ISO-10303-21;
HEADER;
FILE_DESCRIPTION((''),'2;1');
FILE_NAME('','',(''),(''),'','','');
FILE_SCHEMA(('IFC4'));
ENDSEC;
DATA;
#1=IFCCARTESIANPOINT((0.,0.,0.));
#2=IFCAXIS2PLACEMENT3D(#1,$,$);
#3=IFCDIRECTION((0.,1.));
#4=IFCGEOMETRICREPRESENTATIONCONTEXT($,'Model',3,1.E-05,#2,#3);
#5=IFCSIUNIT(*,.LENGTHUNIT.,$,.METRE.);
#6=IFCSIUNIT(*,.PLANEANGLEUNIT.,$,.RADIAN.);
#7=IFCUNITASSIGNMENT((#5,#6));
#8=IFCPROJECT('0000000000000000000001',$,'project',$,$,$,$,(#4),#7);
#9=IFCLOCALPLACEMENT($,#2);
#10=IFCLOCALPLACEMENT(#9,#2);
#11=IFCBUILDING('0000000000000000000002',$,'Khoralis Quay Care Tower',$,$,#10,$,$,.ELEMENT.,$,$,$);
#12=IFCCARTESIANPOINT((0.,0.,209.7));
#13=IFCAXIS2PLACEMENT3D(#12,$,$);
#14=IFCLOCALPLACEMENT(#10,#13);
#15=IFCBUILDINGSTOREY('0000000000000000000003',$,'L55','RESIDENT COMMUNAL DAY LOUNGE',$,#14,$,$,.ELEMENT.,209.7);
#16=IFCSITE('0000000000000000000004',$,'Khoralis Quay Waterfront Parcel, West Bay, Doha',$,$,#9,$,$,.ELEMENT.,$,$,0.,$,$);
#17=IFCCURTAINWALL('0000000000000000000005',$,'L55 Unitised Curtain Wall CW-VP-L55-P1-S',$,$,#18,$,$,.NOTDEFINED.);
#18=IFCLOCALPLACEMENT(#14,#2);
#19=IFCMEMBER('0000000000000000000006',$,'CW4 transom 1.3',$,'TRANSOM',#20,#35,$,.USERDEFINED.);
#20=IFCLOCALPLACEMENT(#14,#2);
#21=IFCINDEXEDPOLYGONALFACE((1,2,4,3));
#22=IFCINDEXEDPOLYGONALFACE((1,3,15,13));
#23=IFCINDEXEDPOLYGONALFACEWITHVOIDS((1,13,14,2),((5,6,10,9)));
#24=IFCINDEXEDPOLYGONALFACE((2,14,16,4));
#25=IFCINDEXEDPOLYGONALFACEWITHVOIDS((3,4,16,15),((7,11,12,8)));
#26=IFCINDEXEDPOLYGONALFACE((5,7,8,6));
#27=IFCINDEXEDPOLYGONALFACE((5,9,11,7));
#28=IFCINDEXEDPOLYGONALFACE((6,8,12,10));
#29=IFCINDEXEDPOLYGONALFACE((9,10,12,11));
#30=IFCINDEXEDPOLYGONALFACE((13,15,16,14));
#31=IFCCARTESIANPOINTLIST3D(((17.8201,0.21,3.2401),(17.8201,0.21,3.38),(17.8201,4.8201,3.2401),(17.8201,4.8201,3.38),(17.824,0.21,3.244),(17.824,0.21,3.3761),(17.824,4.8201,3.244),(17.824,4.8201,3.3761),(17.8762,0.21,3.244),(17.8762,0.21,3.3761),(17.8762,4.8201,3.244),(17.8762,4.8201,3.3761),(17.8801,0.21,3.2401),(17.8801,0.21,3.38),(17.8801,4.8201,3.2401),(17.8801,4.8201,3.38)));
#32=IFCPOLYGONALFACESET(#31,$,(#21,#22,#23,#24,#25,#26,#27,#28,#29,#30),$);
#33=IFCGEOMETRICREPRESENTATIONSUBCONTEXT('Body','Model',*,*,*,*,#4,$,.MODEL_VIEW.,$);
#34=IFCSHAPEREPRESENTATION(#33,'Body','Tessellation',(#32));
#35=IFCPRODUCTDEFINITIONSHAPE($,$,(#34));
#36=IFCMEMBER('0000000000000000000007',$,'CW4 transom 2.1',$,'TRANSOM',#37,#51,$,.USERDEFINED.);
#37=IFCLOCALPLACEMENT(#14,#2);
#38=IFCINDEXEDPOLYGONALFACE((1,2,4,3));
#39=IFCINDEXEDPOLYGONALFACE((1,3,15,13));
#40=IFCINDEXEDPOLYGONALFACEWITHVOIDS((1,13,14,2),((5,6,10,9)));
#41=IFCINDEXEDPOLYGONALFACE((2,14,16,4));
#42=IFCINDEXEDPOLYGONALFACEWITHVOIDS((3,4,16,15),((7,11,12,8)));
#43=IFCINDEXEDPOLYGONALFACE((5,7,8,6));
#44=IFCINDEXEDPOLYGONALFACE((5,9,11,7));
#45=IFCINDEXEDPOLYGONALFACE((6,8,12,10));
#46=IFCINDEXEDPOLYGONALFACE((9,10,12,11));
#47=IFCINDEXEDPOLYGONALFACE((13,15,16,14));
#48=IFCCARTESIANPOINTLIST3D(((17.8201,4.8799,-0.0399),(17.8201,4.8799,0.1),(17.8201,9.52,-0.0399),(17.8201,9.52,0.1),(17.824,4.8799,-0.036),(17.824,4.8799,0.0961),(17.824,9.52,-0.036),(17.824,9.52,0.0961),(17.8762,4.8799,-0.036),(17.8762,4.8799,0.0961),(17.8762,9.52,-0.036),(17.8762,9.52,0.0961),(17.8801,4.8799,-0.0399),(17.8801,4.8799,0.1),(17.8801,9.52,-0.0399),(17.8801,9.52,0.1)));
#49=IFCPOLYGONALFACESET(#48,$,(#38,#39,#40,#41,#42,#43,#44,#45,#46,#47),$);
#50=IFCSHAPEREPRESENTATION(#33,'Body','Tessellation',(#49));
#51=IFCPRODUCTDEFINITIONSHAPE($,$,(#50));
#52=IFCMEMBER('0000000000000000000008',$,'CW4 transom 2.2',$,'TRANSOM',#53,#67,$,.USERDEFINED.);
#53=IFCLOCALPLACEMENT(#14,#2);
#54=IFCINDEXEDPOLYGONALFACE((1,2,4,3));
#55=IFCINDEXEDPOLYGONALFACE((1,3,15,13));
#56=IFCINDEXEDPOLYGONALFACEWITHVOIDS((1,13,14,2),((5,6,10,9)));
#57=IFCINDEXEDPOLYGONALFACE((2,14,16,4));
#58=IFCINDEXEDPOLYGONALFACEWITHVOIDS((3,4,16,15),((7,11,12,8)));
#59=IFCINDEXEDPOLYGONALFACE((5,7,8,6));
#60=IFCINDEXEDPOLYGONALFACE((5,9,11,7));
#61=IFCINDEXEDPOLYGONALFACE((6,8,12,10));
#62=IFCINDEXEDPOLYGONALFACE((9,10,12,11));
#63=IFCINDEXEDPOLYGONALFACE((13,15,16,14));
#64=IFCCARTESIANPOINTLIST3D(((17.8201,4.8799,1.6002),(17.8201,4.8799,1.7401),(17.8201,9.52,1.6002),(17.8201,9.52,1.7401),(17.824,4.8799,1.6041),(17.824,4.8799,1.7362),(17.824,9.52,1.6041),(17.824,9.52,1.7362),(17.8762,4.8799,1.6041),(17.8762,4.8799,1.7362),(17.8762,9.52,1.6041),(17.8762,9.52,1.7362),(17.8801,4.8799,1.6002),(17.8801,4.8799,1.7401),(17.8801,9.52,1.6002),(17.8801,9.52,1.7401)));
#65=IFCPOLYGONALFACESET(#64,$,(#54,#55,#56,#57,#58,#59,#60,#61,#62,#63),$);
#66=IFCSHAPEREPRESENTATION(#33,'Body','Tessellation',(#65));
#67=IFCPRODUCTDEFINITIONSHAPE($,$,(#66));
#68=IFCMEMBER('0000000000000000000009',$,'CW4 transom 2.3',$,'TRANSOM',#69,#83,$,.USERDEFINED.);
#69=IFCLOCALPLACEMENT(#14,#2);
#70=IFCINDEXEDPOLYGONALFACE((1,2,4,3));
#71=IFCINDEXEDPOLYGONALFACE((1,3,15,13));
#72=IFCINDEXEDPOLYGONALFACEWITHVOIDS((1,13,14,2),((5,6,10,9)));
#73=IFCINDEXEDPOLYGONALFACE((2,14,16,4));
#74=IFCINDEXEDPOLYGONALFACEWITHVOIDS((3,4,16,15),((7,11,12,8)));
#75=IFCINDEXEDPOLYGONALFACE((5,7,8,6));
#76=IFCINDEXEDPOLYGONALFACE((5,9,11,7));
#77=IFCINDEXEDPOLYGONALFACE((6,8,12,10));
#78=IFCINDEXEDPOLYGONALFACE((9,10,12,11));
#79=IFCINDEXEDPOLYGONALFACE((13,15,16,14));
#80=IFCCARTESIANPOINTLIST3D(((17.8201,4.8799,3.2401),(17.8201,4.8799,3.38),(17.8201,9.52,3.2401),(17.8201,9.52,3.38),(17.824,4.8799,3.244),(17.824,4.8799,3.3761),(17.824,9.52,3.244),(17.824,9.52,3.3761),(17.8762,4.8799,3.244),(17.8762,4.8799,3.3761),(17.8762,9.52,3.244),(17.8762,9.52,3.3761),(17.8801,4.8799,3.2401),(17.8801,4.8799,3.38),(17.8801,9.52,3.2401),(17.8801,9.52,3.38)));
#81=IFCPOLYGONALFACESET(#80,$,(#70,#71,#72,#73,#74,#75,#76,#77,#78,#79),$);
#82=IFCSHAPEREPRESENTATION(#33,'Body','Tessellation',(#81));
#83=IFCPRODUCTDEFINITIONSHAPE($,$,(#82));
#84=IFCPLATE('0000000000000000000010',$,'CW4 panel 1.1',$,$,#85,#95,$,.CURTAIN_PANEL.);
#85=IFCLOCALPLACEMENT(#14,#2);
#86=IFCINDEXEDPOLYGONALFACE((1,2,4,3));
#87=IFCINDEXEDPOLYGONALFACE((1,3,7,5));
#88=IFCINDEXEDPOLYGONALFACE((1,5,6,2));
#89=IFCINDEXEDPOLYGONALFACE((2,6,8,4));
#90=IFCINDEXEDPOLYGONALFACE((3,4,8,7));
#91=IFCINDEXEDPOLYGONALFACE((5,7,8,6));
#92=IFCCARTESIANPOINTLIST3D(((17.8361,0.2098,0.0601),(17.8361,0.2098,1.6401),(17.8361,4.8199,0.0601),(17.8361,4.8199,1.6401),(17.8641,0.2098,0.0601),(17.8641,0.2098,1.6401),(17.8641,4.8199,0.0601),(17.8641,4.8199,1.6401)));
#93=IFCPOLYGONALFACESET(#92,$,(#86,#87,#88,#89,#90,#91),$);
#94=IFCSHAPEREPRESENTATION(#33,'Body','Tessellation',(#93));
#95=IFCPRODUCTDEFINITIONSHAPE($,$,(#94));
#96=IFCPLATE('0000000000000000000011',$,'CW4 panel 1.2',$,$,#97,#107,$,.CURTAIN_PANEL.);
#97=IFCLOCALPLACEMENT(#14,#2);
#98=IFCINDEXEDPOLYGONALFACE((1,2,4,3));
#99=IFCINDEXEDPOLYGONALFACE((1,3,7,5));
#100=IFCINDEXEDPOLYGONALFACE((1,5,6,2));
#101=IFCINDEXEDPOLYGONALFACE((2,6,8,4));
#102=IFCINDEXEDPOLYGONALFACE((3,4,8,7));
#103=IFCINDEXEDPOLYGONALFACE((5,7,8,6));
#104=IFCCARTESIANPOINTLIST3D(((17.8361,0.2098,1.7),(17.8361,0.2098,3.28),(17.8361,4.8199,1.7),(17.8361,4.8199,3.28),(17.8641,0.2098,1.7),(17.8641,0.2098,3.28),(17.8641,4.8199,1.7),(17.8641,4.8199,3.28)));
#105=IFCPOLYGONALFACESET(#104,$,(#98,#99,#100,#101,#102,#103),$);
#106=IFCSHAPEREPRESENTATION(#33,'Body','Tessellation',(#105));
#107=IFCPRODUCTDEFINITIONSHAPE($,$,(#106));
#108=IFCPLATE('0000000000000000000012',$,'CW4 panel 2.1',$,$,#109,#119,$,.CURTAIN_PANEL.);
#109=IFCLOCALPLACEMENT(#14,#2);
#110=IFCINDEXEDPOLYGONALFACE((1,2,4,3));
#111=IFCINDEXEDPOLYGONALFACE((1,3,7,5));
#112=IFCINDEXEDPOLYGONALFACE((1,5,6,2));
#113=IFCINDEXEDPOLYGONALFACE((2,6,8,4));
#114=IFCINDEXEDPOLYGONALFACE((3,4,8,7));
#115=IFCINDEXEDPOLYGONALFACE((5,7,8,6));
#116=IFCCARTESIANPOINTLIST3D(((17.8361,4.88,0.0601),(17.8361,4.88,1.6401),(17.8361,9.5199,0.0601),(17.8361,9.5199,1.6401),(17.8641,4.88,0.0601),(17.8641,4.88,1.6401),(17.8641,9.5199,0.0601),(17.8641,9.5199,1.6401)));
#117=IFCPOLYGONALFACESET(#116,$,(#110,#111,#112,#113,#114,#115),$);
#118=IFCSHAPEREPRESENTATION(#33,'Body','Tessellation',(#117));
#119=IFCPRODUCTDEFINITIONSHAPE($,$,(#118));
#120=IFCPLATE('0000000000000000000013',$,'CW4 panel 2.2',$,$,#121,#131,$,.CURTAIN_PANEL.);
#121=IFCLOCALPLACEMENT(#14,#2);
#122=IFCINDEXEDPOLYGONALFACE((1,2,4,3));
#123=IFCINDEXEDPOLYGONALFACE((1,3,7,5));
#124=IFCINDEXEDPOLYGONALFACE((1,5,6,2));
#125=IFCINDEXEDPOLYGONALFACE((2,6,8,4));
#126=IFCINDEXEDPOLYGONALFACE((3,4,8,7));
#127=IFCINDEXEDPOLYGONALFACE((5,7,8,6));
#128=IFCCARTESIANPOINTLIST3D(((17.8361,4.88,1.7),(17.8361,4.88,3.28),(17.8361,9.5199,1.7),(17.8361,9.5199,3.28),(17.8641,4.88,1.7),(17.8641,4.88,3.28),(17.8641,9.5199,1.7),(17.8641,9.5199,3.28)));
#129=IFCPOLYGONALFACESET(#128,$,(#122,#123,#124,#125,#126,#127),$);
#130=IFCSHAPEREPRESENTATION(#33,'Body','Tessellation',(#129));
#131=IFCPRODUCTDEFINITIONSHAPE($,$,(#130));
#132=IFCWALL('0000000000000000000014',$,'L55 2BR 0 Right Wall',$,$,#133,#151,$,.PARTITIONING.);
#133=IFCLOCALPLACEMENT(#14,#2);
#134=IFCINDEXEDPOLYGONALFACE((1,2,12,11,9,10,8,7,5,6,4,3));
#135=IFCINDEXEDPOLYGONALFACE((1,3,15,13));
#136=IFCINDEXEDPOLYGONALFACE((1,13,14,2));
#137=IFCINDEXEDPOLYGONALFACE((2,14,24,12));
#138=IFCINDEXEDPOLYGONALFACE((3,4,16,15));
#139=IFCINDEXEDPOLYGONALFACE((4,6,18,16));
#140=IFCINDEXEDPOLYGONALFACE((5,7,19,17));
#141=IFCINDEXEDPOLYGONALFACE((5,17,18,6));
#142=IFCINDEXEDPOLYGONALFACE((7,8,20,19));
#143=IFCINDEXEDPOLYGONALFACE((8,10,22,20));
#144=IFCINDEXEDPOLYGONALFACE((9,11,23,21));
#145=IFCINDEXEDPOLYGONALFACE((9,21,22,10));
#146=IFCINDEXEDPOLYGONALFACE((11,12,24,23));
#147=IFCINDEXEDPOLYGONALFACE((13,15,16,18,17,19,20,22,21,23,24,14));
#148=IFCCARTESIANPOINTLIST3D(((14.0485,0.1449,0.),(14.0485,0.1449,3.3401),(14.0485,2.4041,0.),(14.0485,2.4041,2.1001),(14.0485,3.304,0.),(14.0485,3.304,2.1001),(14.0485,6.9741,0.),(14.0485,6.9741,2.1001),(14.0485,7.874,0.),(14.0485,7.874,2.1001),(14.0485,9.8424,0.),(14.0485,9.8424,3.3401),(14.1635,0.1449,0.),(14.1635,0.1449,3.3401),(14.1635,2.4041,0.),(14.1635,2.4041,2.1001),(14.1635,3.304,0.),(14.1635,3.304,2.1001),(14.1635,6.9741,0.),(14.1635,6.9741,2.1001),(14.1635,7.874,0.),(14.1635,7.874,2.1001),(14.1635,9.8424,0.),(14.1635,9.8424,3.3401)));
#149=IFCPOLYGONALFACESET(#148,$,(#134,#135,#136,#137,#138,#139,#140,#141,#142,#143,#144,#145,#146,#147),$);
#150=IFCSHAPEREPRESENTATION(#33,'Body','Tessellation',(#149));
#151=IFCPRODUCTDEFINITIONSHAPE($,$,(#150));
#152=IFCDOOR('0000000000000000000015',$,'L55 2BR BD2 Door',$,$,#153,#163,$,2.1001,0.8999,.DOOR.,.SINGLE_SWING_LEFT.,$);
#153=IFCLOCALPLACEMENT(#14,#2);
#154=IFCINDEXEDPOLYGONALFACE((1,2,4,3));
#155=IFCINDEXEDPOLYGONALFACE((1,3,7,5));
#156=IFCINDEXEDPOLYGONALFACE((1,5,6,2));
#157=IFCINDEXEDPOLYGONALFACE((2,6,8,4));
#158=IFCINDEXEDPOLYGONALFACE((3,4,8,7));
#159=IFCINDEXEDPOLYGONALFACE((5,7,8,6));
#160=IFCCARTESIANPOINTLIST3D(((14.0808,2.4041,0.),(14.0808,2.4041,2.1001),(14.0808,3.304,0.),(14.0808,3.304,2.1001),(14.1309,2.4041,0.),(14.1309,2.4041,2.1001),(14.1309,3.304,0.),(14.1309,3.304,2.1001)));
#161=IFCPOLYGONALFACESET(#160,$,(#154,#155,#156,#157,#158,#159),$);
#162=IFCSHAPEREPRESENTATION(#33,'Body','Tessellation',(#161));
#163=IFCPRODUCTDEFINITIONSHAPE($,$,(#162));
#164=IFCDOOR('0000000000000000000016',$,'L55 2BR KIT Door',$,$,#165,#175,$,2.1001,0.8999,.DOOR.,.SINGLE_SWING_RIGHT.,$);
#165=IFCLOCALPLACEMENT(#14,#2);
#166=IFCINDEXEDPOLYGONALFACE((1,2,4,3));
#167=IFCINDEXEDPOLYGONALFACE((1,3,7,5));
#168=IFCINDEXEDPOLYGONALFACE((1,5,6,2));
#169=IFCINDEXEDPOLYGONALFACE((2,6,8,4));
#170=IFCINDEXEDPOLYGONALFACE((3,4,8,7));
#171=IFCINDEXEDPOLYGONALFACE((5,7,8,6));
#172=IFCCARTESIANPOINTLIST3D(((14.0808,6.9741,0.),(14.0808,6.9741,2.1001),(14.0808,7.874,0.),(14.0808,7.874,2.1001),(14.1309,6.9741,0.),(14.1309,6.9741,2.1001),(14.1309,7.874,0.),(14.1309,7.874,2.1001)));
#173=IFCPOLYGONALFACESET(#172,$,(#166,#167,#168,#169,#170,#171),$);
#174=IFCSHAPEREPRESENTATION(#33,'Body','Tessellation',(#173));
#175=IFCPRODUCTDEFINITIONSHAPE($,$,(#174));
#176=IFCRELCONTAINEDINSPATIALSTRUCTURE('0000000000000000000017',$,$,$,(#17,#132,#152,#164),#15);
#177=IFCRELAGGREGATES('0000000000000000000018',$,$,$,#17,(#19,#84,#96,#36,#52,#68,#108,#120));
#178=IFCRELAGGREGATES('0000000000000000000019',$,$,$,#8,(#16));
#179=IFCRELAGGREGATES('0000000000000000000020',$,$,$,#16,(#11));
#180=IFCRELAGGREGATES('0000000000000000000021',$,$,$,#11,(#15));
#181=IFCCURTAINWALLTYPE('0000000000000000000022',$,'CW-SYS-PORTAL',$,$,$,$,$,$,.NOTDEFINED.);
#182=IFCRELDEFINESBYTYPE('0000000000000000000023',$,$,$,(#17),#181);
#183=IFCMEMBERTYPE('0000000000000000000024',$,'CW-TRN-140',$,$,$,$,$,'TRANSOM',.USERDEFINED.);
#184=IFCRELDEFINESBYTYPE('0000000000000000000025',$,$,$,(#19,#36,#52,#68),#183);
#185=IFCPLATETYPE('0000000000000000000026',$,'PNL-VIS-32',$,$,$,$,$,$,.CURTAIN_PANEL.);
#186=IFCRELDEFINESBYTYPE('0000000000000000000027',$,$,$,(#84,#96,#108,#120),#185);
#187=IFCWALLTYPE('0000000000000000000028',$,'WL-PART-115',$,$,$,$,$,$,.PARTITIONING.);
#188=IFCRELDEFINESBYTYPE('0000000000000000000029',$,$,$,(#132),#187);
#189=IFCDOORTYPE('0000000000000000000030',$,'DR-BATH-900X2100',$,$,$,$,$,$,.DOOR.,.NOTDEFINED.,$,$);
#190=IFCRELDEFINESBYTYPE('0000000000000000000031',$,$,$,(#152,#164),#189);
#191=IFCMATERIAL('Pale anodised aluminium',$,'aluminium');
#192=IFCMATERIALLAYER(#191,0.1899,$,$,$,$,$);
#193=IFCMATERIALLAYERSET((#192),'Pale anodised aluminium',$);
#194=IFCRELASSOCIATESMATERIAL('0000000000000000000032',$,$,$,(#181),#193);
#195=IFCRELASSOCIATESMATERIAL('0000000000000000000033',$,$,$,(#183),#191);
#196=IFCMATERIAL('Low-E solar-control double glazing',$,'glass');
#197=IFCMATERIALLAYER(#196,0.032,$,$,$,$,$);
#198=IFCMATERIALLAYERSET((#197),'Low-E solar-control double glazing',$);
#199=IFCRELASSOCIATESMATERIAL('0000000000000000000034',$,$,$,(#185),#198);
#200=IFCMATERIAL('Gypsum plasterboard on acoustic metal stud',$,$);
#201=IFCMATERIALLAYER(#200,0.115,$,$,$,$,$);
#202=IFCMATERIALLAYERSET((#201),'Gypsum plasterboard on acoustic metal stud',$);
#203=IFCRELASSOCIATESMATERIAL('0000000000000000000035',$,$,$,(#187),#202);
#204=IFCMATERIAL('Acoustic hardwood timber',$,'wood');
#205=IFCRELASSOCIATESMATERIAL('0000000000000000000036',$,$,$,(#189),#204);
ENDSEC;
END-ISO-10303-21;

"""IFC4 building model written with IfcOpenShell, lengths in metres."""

from ifc_helpers import new_model, si_unit, direction, frame, frame_2d, origin, origin_2d, place, context, subcontext, project, spatial, rectangle, hollow_rectangle, extrude, source, transform, mapped, material, layer, layer_set, material_profile, profile_set, type_object, element, fill, aggregate, save


model = new_model("IFC4")

# Units and contexts
model_context = context("Model", 3, precision=1e-05, world=origin(), true_north=direction((0.0, 1.0)))
body_context = subcontext(model_context, "Body", "Model", "MODEL_VIEW")
ifc_project = project(units=[si_unit("LENGTHUNIT", "METRE"), si_unit("PLANEANGLEUNIT", "RADIAN")], contexts=[model_context])

# Site, building, storey
site_placement = place(None, origin())
site = spatial("IfcSite", under=ifc_project, at=site_placement, Name="Khoralis Quay Waterfront Parcel, West Bay, Doha", CompositionType="ELEMENT", RefElevation=0.0)
building_placement = place(site_placement, origin())
building = spatial("IfcBuilding", under=site, at=building_placement, Name="Khoralis Quay Care Tower", CompositionType="ELEMENT")
storey_placement = place(building_placement, frame((0.0, 0.0, 209.7)))
storey = spatial("IfcBuildingStorey", under=building, at=storey_placement, Name="L55", Description="RESIDENT COMMUNAL DAY LOUNGE", CompositionType="ELEMENT", Elevation=209.7)

# Curtain wall, members, plates
ifc_material_1 = material(Name="Pale anodised aluminium", Category="aluminium")
ifc_layer_1 = layer(ifc_material_1, 0.1899)
ifc_layer_set_1 = layer_set([ifc_layer_1], Name="Pale anodised aluminium")
curtain_wall_type = type_object("IfcCurtainWallType", Name="CW-SYS-PORTAL", PredefinedType="NOTDEFINED", material=ifc_layer_set_1)
curtain_wall_placement = place(storey_placement, origin())
curtain_wall = element("IfcCurtainWall", 1, at=curtain_wall_placement, inside=storey, type_object=curtain_wall_type, Name="L55 Unitised Curtain Wall CW-VP-L55-P1-S", PredefinedType="NOTDEFINED")
ifc_material_profile_1 = material_profile(ifc_material_1, hollow_rectangle(XDim=0.0601, YDim=0.1399, WallThickness=0.0039, at=origin_2d()), Name="Pale anodised aluminium")
ifc_profile_set_1 = profile_set([ifc_material_profile_1], Name="Pale anodised aluminium")
member_type_1 = type_object("IfcMemberType", Name="CW-TRN-140", ElementType="TRANSOM", PredefinedType="USERDEFINED", material=ifc_profile_set_1)
shared_shape_1 = source(origin(), body_context, "Body", "SweptSolid", [
    extrude(hollow_rectangle(XDim=0.0601, YDim=0.1399, WallThickness=0.0039, at=origin_2d()), origin(), (0.0, 0.0, 1.0), 4.6101),
])
member_1_placement = place(storey_placement, frame((17.8501, 0.21, 3.3101), z_axis=(0.0, 1.0, 0.0), x_axis=(-1.0, 0.0, 0.0)))
member_1 = element("IfcMember", 2, at=member_1_placement, type_object=member_type_1, Name="CW4 transom 1.3", ObjectType="TRANSOM", PredefinedType="USERDEFINED", context=body_context, shape_type="MappedRepresentation", body=[
    mapped(shared_shape_1, transform((0.0, 0.0, 0.0), scale=1.0)),
])
shared_shape_2 = source(origin(), body_context, "Body", "SweptSolid", [
    extrude(hollow_rectangle(XDim=0.0601, YDim=0.1399, WallThickness=0.0039, at=origin_2d()), origin(), (0.0, 0.0, 1.0), 4.6401),
])
member_2_placement = place(storey_placement, frame((17.8501, 4.8799, 0.03), z_axis=(0.0, 1.0, 0.0), x_axis=(-1.0, 0.0, 0.0)))
member_2 = element("IfcMember", 3, at=member_2_placement, type_object=member_type_1, Name="CW4 transom 2.1", ObjectType="TRANSOM", PredefinedType="USERDEFINED", context=body_context, shape_type="MappedRepresentation", body=[
    mapped(shared_shape_2, transform((0.0, 0.0, 0.0), scale=1.0)),
])
member_3_placement = place(storey_placement, frame((17.8501, 4.8799, 1.6702), z_axis=(0.0, 1.0, 0.0), x_axis=(-1.0, 0.0, 0.0)))
member_3 = element("IfcMember", 4, at=member_3_placement, type_object=member_type_1, Name="CW4 transom 2.2", ObjectType="TRANSOM", PredefinedType="USERDEFINED", context=body_context, shape_type="MappedRepresentation", body=[
    mapped(shared_shape_2, transform((0.0, 0.0, 0.0), scale=1.0)),
])
member_4_placement = place(storey_placement, frame((17.8501, 4.8799, 3.3101), z_axis=(0.0, 1.0, 0.0), x_axis=(-1.0, 0.0, 0.0)))
member_4 = element("IfcMember", 5, at=member_4_placement, type_object=member_type_1, Name="CW4 transom 2.3", ObjectType="TRANSOM", PredefinedType="USERDEFINED", context=body_context, shape_type="MappedRepresentation", body=[
    mapped(shared_shape_2, transform((0.0, 0.0, 0.0), scale=1.0)),
])
ifc_material_2 = material(Name="Low-E solar-control double glazing", Category="glass")
ifc_layer_2 = layer(ifc_material_2, 0.032)
ifc_layer_set_2 = layer_set([ifc_layer_2], Name="Low-E solar-control double glazing")
plate_type = type_object("IfcPlateType", Name="PNL-VIS-32", PredefinedType="CURTAIN_PANEL", material=ifc_layer_set_2)
shared_shape_3 = source(origin(), body_context, "Body", "SweptSolid", [
    extrude(rectangle(XDim=4.6101, YDim=0.0281, at=origin_2d()), origin(), (0.0, 0.0, 1.0), 1.5801),
])
plate_1_placement = place(storey_placement, frame((17.8501, 2.5149, 0.0601), z_axis=(0.0, 0.0, 1.0), x_axis=(0.0, 1.0, 0.0)))
plate_1 = element("IfcPlate", 6, at=plate_1_placement, type_object=plate_type, Name="CW4 panel 1.1", PredefinedType="CURTAIN_PANEL", context=body_context, shape_type="MappedRepresentation", body=[
    mapped(shared_shape_3, transform((0.0, 0.0, 0.0), scale=1.0)),
])
plate_2_placement = place(storey_placement, frame((17.8501, 2.5149, 1.7), z_axis=(0.0, 0.0, 1.0), x_axis=(0.0, 1.0, 0.0)))
plate_2 = element("IfcPlate", 7, at=plate_2_placement, type_object=plate_type, Name="CW4 panel 1.2", PredefinedType="CURTAIN_PANEL", context=body_context, shape_type="MappedRepresentation", body=[
    mapped(shared_shape_3, transform((0.0, 0.0, 0.0), scale=1.0)),
])
shared_shape_4 = source(origin(), body_context, "Body", "SweptSolid", [
    extrude(rectangle(XDim=4.6399, YDim=0.0281, at=origin_2d()), origin(), (0.0, 0.0, 1.0), 1.5801),
])
plate_3_placement = place(storey_placement, frame((17.8501, 7.2, 0.0601), z_axis=(0.0, 0.0, 1.0), x_axis=(0.0, 1.0, 0.0)))
plate_3 = element("IfcPlate", 8, at=plate_3_placement, type_object=plate_type, Name="CW4 panel 2.1", PredefinedType="CURTAIN_PANEL", context=body_context, shape_type="MappedRepresentation", body=[
    mapped(shared_shape_4, transform((0.0, 0.0, 0.0), scale=1.0)),
])
plate_4_placement = place(storey_placement, frame((17.8501, 7.2, 1.7), z_axis=(0.0, 0.0, 1.0), x_axis=(0.0, 1.0, 0.0)))
plate_4 = element("IfcPlate", 9, at=plate_4_placement, type_object=plate_type, Name="CW4 panel 2.2", PredefinedType="CURTAIN_PANEL", context=body_context, shape_type="MappedRepresentation", body=[
    mapped(shared_shape_4, transform((0.0, 0.0, 0.0), scale=1.0)),
])
aggregate(curtain_wall, [member_1, plate_1, plate_2, member_2, member_3, member_4, plate_3, plate_4])

# Wall, openings, doors
ifc_material_3 = material(Name="Gypsum plasterboard on acoustic metal stud")
ifc_layer_3 = layer(ifc_material_3, 0.115)
ifc_layer_set_3 = layer_set([ifc_layer_3], Name="Gypsum plasterboard on acoustic metal stud")
wall_type_1 = type_object("IfcWallType", Name="WL-PART-115", PredefinedType="PARTITIONING", material=ifc_layer_set_3)
wall_1_placement = place(storey_placement, frame((14.106, 0.145, 0.0), z_axis=(0.0, 0.0, 1.0), x_axis=(0.0, 1.0, 0.0)))
wall_1 = element("IfcWall", 10, at=wall_1_placement, inside=storey, type_object=wall_type_1, Name="L55 2BR 0 Right Wall", PredefinedType="PARTITIONING", context=body_context, shape_type="SweptSolid", body=[
    extrude(rectangle(XDim=9.6975, YDim=0.115, at=frame_2d((4.8486, 0.0))), origin(), (0.0, 0.0, 1.0), 3.3401),
])
opening_1_placement = place(wall_1_placement, frame((2.259, 0.0, 0.0)))
opening_1 = element("IfcOpeningElement", 11, at=opening_1_placement, cuts=wall_1, PredefinedType="OPENING", context=body_context, shape_type="SweptSolid", body=[
    extrude(rectangle(XDim=0.8999, YDim=2.1001, at=frame_2d((0.45, 1.05))), frame((0.0, 0.0674, 0.0), z_axis=(0.0, -1.0, 0.0), x_axis=(1.0, 0.0, 0.0)), (0.0, 0.0, 1.0), 0.135),
])
opening_2_placement = place(wall_1_placement, frame((6.8291, 0.0, 0.0)))
opening_2 = element("IfcOpeningElement", 12, at=opening_2_placement, cuts=wall_1, PredefinedType="OPENING", context=body_context, shape_type="SweptSolid", body=[
    extrude(rectangle(XDim=0.8999, YDim=2.1001, at=frame_2d((0.45, 1.05))), frame((0.0, 0.0674, 0.0), z_axis=(0.0, -1.0, 0.0), x_axis=(1.0, 0.0, 0.0)), (0.0, 0.0, 1.0), 0.135),
])
ifc_material_4 = material(Name="Acoustic hardwood timber", Category="wood")
door_type = type_object("IfcDoorType", Name="DR-BATH-900X2100", OperationType="NOTDEFINED", PredefinedType="DOOR", material=ifc_material_4)
shared_shape_5 = source(origin(), body_context, "Body", "SweptSolid", [
    extrude(rectangle(XDim=0.8999, YDim=2.1001, at=frame_2d((0.45, 1.05))), frame((0.0, 0.0249, 0.0), z_axis=(0.0, -1.0, 0.0), x_axis=(1.0, 0.0, 0.0)), (0.0, 0.0, 1.0), 0.05),
])
door_1_placement = place(opening_1_placement, frame((0.8999, 0.0, 0.0), z_axis=(0.0, 0.0, 1.0), x_axis=(-1.0, 0.0, 0.0)))
door_1 = element("IfcDoor", 13, at=door_1_placement, inside=storey, type_object=door_type, Name="L55 2BR BD2 Door", OperationType="SINGLE_SWING_LEFT", OverallHeight=2.1001, OverallWidth=0.8999, PredefinedType="DOOR", context=body_context, shape_type="MappedRepresentation", body=[
    mapped(shared_shape_5, transform((0.0, 0.0, 0.0), scale=1.0)),
])
fill(opening_1, door_1)
door_2_placement = place(opening_2_placement, frame((0.8999, 0.0, 0.0), z_axis=(0.0, 0.0, 1.0), x_axis=(-1.0, 0.0, 0.0)))
door_2 = element("IfcDoor", 14, at=door_2_placement, inside=storey, type_object=door_type, Name="L55 2BR KIT Door", OperationType="SINGLE_SWING_RIGHT", OverallHeight=2.1001, OverallWidth=0.8999, PredefinedType="DOOR", context=body_context, shape_type="MappedRepresentation", body=[
    mapped(shared_shape_5, transform((0.0, 0.0, 0.0), scale=1.0)),
])
fill(opening_2, door_2)

save(model, "model.ifc")
